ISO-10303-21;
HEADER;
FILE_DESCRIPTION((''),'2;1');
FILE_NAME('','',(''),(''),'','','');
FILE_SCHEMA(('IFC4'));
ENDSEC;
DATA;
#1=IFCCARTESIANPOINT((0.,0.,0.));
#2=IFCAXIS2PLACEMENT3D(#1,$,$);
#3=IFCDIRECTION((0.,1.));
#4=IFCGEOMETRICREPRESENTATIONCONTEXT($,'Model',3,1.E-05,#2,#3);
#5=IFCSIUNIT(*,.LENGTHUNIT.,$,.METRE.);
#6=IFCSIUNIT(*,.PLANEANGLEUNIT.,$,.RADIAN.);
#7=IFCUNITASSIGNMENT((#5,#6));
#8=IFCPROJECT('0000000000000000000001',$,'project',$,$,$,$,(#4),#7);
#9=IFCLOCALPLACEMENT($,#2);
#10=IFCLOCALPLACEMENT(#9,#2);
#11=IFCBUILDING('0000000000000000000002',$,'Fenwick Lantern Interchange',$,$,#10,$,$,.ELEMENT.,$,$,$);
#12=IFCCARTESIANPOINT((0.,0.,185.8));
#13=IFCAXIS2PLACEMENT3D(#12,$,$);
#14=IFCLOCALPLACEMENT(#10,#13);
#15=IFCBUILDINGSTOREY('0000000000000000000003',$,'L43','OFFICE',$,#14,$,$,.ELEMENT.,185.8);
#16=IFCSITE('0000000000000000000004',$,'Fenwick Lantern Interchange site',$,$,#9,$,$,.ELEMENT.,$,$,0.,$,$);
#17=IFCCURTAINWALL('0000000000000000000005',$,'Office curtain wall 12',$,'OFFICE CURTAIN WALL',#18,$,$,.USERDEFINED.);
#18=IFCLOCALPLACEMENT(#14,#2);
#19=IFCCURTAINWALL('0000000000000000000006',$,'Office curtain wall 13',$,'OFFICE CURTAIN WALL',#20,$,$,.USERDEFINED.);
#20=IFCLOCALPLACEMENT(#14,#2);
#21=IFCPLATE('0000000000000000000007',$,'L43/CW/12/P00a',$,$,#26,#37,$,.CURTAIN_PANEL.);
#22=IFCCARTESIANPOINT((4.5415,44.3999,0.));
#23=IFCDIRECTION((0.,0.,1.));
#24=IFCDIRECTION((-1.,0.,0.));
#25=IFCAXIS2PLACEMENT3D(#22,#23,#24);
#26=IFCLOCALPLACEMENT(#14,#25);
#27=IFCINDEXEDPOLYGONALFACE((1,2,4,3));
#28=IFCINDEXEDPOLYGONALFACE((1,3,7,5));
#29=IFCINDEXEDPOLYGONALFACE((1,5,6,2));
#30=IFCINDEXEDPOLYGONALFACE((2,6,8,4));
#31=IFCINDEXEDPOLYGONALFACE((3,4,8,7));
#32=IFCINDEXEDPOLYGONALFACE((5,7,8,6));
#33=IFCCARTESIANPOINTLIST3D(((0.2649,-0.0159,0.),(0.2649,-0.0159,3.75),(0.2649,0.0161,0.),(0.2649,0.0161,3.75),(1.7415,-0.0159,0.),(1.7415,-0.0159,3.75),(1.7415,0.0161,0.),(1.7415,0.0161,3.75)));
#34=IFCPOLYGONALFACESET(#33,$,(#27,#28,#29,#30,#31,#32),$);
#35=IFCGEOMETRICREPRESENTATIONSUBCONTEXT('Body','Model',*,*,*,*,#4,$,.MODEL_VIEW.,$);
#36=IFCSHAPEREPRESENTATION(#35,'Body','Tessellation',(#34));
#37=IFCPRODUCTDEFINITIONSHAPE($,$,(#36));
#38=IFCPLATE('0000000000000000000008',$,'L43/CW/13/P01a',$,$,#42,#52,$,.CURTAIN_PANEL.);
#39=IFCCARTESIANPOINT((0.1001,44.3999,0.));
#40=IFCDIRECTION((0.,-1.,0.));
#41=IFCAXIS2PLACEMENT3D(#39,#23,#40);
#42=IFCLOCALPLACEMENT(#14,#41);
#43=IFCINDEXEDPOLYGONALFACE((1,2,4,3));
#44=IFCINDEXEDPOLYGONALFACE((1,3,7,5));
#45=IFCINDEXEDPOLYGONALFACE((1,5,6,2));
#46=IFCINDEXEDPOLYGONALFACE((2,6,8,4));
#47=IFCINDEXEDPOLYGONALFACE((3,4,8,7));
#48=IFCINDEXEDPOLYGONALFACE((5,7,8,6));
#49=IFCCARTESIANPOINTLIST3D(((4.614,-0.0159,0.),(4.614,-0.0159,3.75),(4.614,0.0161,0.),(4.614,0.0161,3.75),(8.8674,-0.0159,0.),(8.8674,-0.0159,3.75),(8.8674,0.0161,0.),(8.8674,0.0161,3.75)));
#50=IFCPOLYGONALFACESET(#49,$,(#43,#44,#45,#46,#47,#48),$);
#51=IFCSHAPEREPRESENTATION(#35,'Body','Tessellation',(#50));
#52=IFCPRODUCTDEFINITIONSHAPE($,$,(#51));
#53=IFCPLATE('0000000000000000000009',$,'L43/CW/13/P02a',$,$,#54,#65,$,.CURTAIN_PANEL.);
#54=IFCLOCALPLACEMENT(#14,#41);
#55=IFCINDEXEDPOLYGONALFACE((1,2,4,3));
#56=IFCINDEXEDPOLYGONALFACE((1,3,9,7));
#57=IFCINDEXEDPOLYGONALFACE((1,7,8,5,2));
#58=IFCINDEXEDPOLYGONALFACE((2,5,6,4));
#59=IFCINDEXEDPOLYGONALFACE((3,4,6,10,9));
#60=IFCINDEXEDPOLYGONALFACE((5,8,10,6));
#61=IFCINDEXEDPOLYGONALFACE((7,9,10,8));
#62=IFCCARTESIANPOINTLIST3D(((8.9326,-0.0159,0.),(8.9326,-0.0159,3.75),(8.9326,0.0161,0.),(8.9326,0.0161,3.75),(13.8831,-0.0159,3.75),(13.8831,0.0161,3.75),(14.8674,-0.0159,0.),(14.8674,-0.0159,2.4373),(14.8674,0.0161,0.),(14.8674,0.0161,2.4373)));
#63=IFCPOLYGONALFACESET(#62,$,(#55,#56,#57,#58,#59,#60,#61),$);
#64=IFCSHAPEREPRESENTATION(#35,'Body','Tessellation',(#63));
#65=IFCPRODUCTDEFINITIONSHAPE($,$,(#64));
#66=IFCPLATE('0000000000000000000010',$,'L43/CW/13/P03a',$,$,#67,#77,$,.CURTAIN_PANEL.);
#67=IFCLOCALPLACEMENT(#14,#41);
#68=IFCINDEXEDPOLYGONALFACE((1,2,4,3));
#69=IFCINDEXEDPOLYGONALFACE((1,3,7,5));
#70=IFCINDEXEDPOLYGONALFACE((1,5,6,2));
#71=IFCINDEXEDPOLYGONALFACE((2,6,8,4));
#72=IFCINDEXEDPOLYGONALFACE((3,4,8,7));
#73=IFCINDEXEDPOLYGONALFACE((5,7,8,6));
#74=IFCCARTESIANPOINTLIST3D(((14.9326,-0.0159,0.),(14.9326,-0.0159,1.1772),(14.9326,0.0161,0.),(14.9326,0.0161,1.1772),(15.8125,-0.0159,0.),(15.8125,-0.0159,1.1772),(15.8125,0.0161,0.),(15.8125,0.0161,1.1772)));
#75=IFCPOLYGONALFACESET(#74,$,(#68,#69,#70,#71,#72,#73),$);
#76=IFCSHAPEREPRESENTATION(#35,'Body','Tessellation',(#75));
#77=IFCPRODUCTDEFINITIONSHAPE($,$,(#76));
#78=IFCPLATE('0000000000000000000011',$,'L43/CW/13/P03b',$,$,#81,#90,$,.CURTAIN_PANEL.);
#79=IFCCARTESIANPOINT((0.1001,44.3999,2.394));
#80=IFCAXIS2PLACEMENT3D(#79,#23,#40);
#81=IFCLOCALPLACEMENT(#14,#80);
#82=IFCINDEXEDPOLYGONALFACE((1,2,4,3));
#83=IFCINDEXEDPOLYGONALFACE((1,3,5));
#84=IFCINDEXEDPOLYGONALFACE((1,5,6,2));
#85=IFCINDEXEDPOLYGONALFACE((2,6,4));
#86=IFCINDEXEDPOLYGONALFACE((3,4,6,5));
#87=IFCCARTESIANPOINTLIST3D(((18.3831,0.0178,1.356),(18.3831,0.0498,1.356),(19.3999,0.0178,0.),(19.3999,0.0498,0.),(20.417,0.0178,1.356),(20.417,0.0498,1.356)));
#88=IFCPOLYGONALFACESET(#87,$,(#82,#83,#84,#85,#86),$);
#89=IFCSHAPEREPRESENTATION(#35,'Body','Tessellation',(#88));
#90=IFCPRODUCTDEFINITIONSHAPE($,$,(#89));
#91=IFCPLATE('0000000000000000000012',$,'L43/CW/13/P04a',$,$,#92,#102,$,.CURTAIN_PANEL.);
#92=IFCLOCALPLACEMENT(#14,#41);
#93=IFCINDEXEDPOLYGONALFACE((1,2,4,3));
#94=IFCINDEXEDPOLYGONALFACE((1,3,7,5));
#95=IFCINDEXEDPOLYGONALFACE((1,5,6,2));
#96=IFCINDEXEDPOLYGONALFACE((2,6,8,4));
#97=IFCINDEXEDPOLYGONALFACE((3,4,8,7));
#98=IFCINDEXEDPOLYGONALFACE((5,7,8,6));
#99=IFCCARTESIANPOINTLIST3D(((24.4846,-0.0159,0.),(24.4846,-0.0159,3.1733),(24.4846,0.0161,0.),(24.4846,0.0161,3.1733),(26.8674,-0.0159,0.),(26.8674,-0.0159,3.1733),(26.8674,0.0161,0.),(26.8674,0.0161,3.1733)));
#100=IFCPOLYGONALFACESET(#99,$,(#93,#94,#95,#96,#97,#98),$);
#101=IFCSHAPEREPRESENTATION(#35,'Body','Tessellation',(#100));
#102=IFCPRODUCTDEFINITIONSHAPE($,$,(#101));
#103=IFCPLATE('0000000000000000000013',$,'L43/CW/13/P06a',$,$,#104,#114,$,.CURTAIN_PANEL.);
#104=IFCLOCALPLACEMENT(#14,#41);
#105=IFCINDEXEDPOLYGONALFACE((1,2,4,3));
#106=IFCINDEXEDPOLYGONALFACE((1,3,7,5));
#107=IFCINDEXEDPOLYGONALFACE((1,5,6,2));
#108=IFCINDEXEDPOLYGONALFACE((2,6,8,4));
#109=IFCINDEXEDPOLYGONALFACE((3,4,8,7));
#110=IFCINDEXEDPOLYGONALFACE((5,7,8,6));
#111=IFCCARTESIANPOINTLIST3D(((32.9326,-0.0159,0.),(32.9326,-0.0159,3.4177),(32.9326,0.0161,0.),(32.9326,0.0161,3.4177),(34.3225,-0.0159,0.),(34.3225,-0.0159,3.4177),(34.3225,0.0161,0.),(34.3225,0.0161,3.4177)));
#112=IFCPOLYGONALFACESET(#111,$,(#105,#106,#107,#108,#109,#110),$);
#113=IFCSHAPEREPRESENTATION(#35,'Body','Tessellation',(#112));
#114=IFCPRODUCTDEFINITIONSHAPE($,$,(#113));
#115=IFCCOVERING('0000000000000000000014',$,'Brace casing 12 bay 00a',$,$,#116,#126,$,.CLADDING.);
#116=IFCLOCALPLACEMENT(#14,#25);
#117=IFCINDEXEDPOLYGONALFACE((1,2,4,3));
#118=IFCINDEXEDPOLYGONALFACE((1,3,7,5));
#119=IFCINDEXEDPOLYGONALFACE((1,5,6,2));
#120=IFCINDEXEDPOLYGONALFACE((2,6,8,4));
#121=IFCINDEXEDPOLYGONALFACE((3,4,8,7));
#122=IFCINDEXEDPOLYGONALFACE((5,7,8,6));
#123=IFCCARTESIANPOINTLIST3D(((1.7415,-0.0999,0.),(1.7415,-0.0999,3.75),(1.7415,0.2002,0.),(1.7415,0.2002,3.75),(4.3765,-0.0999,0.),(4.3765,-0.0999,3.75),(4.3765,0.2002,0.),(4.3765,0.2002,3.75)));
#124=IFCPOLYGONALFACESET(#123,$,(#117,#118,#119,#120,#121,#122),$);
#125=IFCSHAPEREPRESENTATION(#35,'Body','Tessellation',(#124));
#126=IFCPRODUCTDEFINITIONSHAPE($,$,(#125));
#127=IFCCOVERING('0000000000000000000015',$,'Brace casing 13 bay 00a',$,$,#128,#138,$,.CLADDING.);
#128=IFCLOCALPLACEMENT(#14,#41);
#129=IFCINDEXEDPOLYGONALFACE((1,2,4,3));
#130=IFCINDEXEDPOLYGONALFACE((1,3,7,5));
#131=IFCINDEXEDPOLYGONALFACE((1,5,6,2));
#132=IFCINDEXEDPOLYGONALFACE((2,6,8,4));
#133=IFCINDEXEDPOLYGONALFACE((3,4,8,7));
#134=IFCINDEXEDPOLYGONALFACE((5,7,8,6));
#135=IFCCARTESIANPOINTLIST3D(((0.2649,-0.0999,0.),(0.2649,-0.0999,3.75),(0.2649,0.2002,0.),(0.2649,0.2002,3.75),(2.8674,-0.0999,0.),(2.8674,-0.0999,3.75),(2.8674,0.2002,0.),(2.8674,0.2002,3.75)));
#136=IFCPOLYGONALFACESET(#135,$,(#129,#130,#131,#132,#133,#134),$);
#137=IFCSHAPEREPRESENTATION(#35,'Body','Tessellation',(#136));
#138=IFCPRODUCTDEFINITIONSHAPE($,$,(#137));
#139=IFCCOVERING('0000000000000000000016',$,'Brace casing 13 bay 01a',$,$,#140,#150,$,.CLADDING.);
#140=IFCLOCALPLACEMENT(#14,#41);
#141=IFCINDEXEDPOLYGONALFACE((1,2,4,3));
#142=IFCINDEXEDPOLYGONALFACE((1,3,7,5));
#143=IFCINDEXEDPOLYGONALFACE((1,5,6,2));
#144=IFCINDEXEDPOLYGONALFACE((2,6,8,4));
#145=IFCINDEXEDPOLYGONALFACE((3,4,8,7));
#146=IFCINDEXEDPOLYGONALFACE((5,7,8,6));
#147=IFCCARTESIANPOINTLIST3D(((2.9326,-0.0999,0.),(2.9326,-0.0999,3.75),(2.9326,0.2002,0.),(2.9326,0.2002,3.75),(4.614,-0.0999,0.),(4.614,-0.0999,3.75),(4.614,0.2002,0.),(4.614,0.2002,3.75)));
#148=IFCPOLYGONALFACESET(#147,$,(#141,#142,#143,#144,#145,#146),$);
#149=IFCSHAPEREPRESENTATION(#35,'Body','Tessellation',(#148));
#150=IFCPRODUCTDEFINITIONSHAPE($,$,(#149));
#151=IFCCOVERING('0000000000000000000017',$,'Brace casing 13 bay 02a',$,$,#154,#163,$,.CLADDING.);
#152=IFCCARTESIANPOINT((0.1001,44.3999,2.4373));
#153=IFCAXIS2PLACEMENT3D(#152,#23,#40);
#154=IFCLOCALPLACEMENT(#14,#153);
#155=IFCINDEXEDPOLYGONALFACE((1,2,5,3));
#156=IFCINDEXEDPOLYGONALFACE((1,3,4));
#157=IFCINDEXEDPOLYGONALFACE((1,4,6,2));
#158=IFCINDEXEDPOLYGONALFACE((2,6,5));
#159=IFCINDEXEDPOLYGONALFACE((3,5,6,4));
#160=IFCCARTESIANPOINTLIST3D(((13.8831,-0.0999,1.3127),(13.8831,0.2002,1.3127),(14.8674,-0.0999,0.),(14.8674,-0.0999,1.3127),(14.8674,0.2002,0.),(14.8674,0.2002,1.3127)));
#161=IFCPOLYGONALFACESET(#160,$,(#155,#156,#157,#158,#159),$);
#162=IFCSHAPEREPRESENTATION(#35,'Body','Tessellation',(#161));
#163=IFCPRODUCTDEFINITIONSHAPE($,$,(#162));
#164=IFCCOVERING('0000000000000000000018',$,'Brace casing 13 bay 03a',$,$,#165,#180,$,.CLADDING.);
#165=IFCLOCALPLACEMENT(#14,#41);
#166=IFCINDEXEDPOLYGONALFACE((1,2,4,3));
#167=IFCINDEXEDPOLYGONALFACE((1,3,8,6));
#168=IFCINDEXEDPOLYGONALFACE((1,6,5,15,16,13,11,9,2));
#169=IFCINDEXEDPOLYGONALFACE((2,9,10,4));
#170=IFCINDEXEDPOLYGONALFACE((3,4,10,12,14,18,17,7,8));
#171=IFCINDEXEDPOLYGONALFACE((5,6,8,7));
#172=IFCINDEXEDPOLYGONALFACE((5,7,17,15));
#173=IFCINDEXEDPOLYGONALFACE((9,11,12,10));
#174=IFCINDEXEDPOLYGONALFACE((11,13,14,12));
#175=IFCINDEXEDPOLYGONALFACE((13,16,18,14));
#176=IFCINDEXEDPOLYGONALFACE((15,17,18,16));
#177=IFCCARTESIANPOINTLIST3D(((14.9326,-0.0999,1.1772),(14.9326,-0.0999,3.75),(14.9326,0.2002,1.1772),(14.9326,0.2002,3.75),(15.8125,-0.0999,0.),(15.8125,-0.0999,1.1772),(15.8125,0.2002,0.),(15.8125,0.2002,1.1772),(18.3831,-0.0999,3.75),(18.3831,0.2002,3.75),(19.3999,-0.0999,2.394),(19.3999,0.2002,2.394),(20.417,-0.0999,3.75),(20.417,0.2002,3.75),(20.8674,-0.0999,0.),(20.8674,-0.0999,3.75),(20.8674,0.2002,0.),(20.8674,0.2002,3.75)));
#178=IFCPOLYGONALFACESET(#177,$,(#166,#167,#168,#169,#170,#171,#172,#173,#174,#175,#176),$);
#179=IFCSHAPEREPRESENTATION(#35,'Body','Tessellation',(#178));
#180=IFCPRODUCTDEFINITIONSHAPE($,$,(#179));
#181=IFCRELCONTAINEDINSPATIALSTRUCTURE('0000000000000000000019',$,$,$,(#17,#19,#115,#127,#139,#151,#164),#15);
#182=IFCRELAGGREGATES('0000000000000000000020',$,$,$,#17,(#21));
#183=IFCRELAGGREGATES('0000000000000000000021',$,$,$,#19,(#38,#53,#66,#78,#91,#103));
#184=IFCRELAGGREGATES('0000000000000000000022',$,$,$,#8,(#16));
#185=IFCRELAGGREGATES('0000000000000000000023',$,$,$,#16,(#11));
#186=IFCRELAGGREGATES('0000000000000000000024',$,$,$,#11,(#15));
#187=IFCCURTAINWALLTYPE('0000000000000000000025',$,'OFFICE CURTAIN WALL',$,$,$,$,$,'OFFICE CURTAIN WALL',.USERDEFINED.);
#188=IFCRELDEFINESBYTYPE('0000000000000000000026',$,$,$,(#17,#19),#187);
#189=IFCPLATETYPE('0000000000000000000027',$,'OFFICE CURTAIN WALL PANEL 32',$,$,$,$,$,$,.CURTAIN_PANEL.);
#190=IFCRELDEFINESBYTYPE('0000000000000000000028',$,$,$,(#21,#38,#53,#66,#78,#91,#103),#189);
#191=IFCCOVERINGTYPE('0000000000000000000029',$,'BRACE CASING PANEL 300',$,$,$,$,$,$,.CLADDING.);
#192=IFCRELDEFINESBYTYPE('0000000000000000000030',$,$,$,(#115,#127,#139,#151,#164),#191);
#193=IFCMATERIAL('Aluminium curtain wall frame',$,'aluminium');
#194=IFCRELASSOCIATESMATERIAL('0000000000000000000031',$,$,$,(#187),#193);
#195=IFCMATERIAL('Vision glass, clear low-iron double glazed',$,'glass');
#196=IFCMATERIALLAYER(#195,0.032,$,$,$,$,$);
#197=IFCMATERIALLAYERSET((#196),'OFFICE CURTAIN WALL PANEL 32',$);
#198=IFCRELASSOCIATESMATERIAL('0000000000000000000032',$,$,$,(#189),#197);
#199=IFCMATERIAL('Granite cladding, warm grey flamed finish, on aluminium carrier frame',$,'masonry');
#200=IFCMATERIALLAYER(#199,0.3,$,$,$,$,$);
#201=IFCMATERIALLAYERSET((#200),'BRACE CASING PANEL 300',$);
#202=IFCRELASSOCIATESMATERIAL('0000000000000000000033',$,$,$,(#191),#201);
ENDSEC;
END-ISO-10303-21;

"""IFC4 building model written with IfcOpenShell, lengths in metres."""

from ifc_helpers import new_model, si_unit, direction, frame, origin, place, context, subcontext, project, spatial, polyline, outline, extrude, material, layer, layer_set, type_object, element, aggregate, save


model = new_model("IFC4")

# Units and contexts
model_context = context("Model", 3, precision=1e-05, world=origin(), true_north=direction((0.0, 1.0)))
body_context = subcontext(model_context, "Body", "Model", "MODEL_VIEW")
ifc_project = project(units=[si_unit("LENGTHUNIT", "METRE"), si_unit("PLANEANGLEUNIT", "RADIAN")], contexts=[model_context])

# Site, building, storey
site_placement = place(None, origin())
site = spatial("IfcSite", under=ifc_project, at=site_placement, Name="Fenwick Lantern Interchange site", CompositionType="ELEMENT", RefElevation=0.0)
building_placement = place(site_placement, origin())
building = spatial("IfcBuilding", under=site, at=building_placement, Name="Fenwick Lantern Interchange", CompositionType="ELEMENT")
storey_placement = place(building_placement, frame((0.0, 0.0, 185.8)))
storey = spatial("IfcBuildingStorey", under=building, at=storey_placement, Name="L43", Description="OFFICE", CompositionType="ELEMENT", Elevation=185.8)

# Curtain walls
ifc_material_1 = material(Name="Aluminium curtain wall frame", Category="aluminium")
curtain_wall_type = type_object("IfcCurtainWallType", Name="OFFICE CURTAIN WALL", ElementType="OFFICE CURTAIN WALL", PredefinedType="USERDEFINED", material=ifc_material_1)
curtain_wall_1_placement = place(storey_placement, origin())
curtain_wall_1 = element("IfcCurtainWall", 1, at=curtain_wall_1_placement, inside=storey, type_object=curtain_wall_type, Name="Office curtain wall 12", ObjectType="OFFICE CURTAIN WALL", PredefinedType="USERDEFINED")
curtain_wall_2_placement = place(storey_placement, origin())
curtain_wall_2 = element("IfcCurtainWall", 2, at=curtain_wall_2_placement, inside=storey, type_object=curtain_wall_type, Name="Office curtain wall 13", ObjectType="OFFICE CURTAIN WALL", PredefinedType="USERDEFINED")

# Plates
ifc_material_2 = material(Name="Vision glass, clear low-iron double glazed", Category="glass")
ifc_layer_1 = layer(ifc_material_2, 0.032)
ifc_layer_set_1 = layer_set([ifc_layer_1], Name="OFFICE CURTAIN WALL PANEL 32")
plate_type = type_object("IfcPlateType", Name="OFFICE CURTAIN WALL PANEL 32", PredefinedType="CURTAIN_PANEL", material=ifc_layer_set_1)
plate_1_placement = place(storey_placement, frame((4.5415, 44.3999, 0.0), z_axis=(0.0, 0.0, 1.0), x_axis=(-1.0, 0.0, 0.0)))
plate_1 = element("IfcPlate", 3, at=plate_1_placement, type_object=plate_type, Name="L43/CW/12/P00a", PredefinedType="CURTAIN_PANEL", context=body_context, shape_type="SweptSolid", body=[
    extrude(outline(polyline([(0.2649, 0.0), (1.7415, 0.0), (1.7415, 3.75), (0.2649, 3.75), (0.2649, 0.0)])), frame((0.0, 0.0161, 0.0), z_axis=(0.0, -1.0, 0.0), x_axis=(1.0, 0.0, 0.0)), (0.0, 0.0, 1.0), 0.032),
])
aggregate(curtain_wall_1, [plate_1])
plate_2_placement = place(storey_placement, frame((0.1001, 44.3999, 0.0), z_axis=(0.0, 0.0, 1.0), x_axis=(0.0, -1.0, 0.0)))
plate_2 = element("IfcPlate", 4, at=plate_2_placement, type_object=plate_type, Name="L43/CW/13/P01a", PredefinedType="CURTAIN_PANEL", context=body_context, shape_type="SweptSolid", body=[
    extrude(outline(polyline([(4.614, 0.0), (8.8674, 0.0), (8.8674, 3.75), (4.614, 3.75), (4.614, 0.0)])), frame((0.0, 0.0161, 0.0), z_axis=(0.0, -1.0, 0.0), x_axis=(1.0, 0.0, 0.0)), (0.0, 0.0, 1.0), 0.032),
])
plate_3_placement = place(storey_placement, frame((0.1001, 44.3999, 0.0), z_axis=(0.0, 0.0, 1.0), x_axis=(0.0, -1.0, 0.0)))
plate_3 = element("IfcPlate", 5, at=plate_3_placement, type_object=plate_type, Name="L43/CW/13/P02a", PredefinedType="CURTAIN_PANEL", context=body_context, shape_type="SweptSolid", body=[
    extrude(outline(polyline([(8.9326, 0.0), (14.8674, 0.0), (14.8674, 2.4373), (13.8831, 3.75), (8.9326, 3.75), (8.9326, 0.0)])), frame((0.0, 0.0161, 0.0), z_axis=(0.0, -1.0, 0.0), x_axis=(1.0, 0.0, 0.0)), (0.0, 0.0, 1.0), 0.032),
])
plate_4_placement = place(storey_placement, frame((0.1001, 44.3999, 0.0), z_axis=(0.0, 0.0, 1.0), x_axis=(0.0, -1.0, 0.0)))
plate_4 = element("IfcPlate", 6, at=plate_4_placement, type_object=plate_type, Name="L43/CW/13/P03a", PredefinedType="CURTAIN_PANEL", context=body_context, shape_type="SweptSolid", body=[
    extrude(outline(polyline([(14.9326, 0.0), (15.8125, 0.0), (15.8125, 1.1772), (14.9326, 1.1772), (14.9326, 0.0)])), frame((0.0, 0.0161, 0.0), z_axis=(0.0, -1.0, 0.0), x_axis=(1.0, 0.0, 0.0)), (0.0, 0.0, 1.0), 0.032),
])
plate_5_placement = place(storey_placement, frame((0.1001, 44.3999, 2.394), z_axis=(0.0, 0.0, 1.0), x_axis=(0.0, -1.0, 0.0)))
plate_5 = element("IfcPlate", 7, at=plate_5_placement, type_object=plate_type, Name="L43/CW/13/P03b", PredefinedType="CURTAIN_PANEL", context=body_context, shape_type="SweptSolid", body=[
    extrude(outline(polyline([(19.3999, 0.0), (20.417, 1.356), (18.3831, 1.356), (19.3999, 0.0)])), frame((0.0, 0.0498, 0.0), z_axis=(0.0, -1.0, 0.0), x_axis=(1.0, 0.0, 0.0)), (0.0, 0.0, 1.0), 0.032),
])
plate_6_placement = place(storey_placement, frame((0.1001, 44.3999, 0.0), z_axis=(0.0, 0.0, 1.0), x_axis=(0.0, -1.0, 0.0)))
plate_6 = element("IfcPlate", 8, at=plate_6_placement, type_object=plate_type, Name="L43/CW/13/P04a", PredefinedType="CURTAIN_PANEL", context=body_context, shape_type="SweptSolid", body=[
    extrude(outline(polyline([(24.4846, 0.0), (26.8674, 0.0), (26.8674, 3.1733), (24.4846, 3.1733), (24.4846, 0.0)])), frame((0.0, 0.0161, 0.0), z_axis=(0.0, -1.0, 0.0), x_axis=(1.0, 0.0, 0.0)), (0.0, 0.0, 1.0), 0.032),
])
plate_7_placement = place(storey_placement, frame((0.1001, 44.3999, 0.0), z_axis=(0.0, 0.0, 1.0), x_axis=(0.0, -1.0, 0.0)))
plate_7 = element("IfcPlate", 9, at=plate_7_placement, type_object=plate_type, Name="L43/CW/13/P06a", PredefinedType="CURTAIN_PANEL", context=body_context, shape_type="SweptSolid", body=[
    extrude(outline(polyline([(32.9326, 0.0), (34.3225, 0.0), (34.3225, 3.4177), (32.9326, 3.4177), (32.9326, 0.0)])), frame((0.0, 0.0161, 0.0), z_axis=(0.0, -1.0, 0.0), x_axis=(1.0, 0.0, 0.0)), (0.0, 0.0, 1.0), 0.032),
])
aggregate(curtain_wall_2, [plate_2, plate_3, plate_4, plate_5, plate_6, plate_7])

# Coverings
ifc_material_3 = material(Name="Granite cladding, warm grey flamed finish, on aluminium carrier frame", Category="masonry")
ifc_layer_2 = layer(ifc_material_3, 0.3)
ifc_layer_set_2 = layer_set([ifc_layer_2], Name="BRACE CASING PANEL 300")
covering_type = type_object("IfcCoveringType", Name="BRACE CASING PANEL 300", PredefinedType="CLADDING", material=ifc_layer_set_2)
covering_1_placement = place(storey_placement, frame((4.5415, 44.3999, 0.0), z_axis=(0.0, 0.0, 1.0), x_axis=(-1.0, 0.0, 0.0)))
element("IfcCovering", 10, at=covering_1_placement, inside=storey, type_object=covering_type, Name="Brace casing 12 bay 00a", PredefinedType="CLADDING", context=body_context, shape_type="SweptSolid", body=[
    extrude(outline(polyline([(1.7415, 0.0), (4.3765, 0.0), (4.3765, 3.75), (1.7415, 3.75), (1.7415, 0.0)])), frame((0.0, 0.2002, 0.0), z_axis=(0.0, -1.0, 0.0), x_axis=(1.0, 0.0, 0.0)), (0.0, 0.0, 1.0), 0.3),
])
covering_2_placement = place(storey_placement, frame((0.1001, 44.3999, 0.0), z_axis=(0.0, 0.0, 1.0), x_axis=(0.0, -1.0, 0.0)))
element("IfcCovering", 11, at=covering_2_placement, inside=storey, type_object=covering_type, Name="Brace casing 13 bay 00a", PredefinedType="CLADDING", context=body_context, shape_type="SweptSolid", body=[
    extrude(outline(polyline([(0.2649, 0.0), (2.8674, 0.0), (2.8674, 3.75), (0.2649, 3.75), (0.2649, 0.0)])), frame((0.0, 0.2002, 0.0), z_axis=(0.0, -1.0, 0.0), x_axis=(1.0, 0.0, 0.0)), (0.0, 0.0, 1.0), 0.3),
])
covering_3_placement = place(storey_placement, frame((0.1001, 44.3999, 0.0), z_axis=(0.0, 0.0, 1.0), x_axis=(0.0, -1.0, 0.0)))
element("IfcCovering", 12, at=covering_3_placement, inside=storey, type_object=covering_type, Name="Brace casing 13 bay 01a", PredefinedType="CLADDING", context=body_context, shape_type="SweptSolid", body=[
    extrude(outline(polyline([(2.9326, 0.0), (4.614, 0.0), (4.614, 3.75), (2.9326, 3.75), (2.9326, 0.0)])), frame((0.0, 0.2002, 0.0), z_axis=(0.0, -1.0, 0.0), x_axis=(1.0, 0.0, 0.0)), (0.0, 0.0, 1.0), 0.3),
])
covering_4_placement = place(storey_placement, frame((0.1001, 44.3999, 2.4373), z_axis=(0.0, 0.0, 1.0), x_axis=(0.0, -1.0, 0.0)))
element("IfcCovering", 13, at=covering_4_placement, inside=storey, type_object=covering_type, Name="Brace casing 13 bay 02a", PredefinedType="CLADDING", context=body_context, shape_type="SweptSolid", body=[
    extrude(outline(polyline([(14.8674, 0.0), (14.8674, 1.3127), (13.8831, 1.3127), (14.8674, 0.0)])), frame((0.0, 0.2002, 0.0), z_axis=(0.0, -1.0, 0.0), x_axis=(1.0, 0.0, 0.0)), (0.0, 0.0, 1.0), 0.3),
])
covering_5_placement = place(storey_placement, frame((0.1001, 44.3999, 0.0), z_axis=(0.0, 0.0, 1.0), x_axis=(0.0, -1.0, 0.0)))
element("IfcCovering", 14, at=covering_5_placement, inside=storey, type_object=covering_type, Name="Brace casing 13 bay 03a", PredefinedType="CLADDING", context=body_context, shape_type="SweptSolid", body=[
    extrude(outline(polyline([(15.8125, 0.0), (20.8674, 0.0), (20.8674, 3.75), (20.417, 3.75), (19.3999, 2.394), (18.3831, 3.75), (14.9326, 3.75), (14.9326, 1.1772), (15.8125, 1.1772), (15.8125, 0.0)])), frame((0.0, 0.2002, 0.0), z_axis=(0.0, -1.0, 0.0), x_axis=(1.0, 0.0, 0.0)), (0.0, 0.0, 1.0), 0.3),
])

save(model, "model.ifc")
